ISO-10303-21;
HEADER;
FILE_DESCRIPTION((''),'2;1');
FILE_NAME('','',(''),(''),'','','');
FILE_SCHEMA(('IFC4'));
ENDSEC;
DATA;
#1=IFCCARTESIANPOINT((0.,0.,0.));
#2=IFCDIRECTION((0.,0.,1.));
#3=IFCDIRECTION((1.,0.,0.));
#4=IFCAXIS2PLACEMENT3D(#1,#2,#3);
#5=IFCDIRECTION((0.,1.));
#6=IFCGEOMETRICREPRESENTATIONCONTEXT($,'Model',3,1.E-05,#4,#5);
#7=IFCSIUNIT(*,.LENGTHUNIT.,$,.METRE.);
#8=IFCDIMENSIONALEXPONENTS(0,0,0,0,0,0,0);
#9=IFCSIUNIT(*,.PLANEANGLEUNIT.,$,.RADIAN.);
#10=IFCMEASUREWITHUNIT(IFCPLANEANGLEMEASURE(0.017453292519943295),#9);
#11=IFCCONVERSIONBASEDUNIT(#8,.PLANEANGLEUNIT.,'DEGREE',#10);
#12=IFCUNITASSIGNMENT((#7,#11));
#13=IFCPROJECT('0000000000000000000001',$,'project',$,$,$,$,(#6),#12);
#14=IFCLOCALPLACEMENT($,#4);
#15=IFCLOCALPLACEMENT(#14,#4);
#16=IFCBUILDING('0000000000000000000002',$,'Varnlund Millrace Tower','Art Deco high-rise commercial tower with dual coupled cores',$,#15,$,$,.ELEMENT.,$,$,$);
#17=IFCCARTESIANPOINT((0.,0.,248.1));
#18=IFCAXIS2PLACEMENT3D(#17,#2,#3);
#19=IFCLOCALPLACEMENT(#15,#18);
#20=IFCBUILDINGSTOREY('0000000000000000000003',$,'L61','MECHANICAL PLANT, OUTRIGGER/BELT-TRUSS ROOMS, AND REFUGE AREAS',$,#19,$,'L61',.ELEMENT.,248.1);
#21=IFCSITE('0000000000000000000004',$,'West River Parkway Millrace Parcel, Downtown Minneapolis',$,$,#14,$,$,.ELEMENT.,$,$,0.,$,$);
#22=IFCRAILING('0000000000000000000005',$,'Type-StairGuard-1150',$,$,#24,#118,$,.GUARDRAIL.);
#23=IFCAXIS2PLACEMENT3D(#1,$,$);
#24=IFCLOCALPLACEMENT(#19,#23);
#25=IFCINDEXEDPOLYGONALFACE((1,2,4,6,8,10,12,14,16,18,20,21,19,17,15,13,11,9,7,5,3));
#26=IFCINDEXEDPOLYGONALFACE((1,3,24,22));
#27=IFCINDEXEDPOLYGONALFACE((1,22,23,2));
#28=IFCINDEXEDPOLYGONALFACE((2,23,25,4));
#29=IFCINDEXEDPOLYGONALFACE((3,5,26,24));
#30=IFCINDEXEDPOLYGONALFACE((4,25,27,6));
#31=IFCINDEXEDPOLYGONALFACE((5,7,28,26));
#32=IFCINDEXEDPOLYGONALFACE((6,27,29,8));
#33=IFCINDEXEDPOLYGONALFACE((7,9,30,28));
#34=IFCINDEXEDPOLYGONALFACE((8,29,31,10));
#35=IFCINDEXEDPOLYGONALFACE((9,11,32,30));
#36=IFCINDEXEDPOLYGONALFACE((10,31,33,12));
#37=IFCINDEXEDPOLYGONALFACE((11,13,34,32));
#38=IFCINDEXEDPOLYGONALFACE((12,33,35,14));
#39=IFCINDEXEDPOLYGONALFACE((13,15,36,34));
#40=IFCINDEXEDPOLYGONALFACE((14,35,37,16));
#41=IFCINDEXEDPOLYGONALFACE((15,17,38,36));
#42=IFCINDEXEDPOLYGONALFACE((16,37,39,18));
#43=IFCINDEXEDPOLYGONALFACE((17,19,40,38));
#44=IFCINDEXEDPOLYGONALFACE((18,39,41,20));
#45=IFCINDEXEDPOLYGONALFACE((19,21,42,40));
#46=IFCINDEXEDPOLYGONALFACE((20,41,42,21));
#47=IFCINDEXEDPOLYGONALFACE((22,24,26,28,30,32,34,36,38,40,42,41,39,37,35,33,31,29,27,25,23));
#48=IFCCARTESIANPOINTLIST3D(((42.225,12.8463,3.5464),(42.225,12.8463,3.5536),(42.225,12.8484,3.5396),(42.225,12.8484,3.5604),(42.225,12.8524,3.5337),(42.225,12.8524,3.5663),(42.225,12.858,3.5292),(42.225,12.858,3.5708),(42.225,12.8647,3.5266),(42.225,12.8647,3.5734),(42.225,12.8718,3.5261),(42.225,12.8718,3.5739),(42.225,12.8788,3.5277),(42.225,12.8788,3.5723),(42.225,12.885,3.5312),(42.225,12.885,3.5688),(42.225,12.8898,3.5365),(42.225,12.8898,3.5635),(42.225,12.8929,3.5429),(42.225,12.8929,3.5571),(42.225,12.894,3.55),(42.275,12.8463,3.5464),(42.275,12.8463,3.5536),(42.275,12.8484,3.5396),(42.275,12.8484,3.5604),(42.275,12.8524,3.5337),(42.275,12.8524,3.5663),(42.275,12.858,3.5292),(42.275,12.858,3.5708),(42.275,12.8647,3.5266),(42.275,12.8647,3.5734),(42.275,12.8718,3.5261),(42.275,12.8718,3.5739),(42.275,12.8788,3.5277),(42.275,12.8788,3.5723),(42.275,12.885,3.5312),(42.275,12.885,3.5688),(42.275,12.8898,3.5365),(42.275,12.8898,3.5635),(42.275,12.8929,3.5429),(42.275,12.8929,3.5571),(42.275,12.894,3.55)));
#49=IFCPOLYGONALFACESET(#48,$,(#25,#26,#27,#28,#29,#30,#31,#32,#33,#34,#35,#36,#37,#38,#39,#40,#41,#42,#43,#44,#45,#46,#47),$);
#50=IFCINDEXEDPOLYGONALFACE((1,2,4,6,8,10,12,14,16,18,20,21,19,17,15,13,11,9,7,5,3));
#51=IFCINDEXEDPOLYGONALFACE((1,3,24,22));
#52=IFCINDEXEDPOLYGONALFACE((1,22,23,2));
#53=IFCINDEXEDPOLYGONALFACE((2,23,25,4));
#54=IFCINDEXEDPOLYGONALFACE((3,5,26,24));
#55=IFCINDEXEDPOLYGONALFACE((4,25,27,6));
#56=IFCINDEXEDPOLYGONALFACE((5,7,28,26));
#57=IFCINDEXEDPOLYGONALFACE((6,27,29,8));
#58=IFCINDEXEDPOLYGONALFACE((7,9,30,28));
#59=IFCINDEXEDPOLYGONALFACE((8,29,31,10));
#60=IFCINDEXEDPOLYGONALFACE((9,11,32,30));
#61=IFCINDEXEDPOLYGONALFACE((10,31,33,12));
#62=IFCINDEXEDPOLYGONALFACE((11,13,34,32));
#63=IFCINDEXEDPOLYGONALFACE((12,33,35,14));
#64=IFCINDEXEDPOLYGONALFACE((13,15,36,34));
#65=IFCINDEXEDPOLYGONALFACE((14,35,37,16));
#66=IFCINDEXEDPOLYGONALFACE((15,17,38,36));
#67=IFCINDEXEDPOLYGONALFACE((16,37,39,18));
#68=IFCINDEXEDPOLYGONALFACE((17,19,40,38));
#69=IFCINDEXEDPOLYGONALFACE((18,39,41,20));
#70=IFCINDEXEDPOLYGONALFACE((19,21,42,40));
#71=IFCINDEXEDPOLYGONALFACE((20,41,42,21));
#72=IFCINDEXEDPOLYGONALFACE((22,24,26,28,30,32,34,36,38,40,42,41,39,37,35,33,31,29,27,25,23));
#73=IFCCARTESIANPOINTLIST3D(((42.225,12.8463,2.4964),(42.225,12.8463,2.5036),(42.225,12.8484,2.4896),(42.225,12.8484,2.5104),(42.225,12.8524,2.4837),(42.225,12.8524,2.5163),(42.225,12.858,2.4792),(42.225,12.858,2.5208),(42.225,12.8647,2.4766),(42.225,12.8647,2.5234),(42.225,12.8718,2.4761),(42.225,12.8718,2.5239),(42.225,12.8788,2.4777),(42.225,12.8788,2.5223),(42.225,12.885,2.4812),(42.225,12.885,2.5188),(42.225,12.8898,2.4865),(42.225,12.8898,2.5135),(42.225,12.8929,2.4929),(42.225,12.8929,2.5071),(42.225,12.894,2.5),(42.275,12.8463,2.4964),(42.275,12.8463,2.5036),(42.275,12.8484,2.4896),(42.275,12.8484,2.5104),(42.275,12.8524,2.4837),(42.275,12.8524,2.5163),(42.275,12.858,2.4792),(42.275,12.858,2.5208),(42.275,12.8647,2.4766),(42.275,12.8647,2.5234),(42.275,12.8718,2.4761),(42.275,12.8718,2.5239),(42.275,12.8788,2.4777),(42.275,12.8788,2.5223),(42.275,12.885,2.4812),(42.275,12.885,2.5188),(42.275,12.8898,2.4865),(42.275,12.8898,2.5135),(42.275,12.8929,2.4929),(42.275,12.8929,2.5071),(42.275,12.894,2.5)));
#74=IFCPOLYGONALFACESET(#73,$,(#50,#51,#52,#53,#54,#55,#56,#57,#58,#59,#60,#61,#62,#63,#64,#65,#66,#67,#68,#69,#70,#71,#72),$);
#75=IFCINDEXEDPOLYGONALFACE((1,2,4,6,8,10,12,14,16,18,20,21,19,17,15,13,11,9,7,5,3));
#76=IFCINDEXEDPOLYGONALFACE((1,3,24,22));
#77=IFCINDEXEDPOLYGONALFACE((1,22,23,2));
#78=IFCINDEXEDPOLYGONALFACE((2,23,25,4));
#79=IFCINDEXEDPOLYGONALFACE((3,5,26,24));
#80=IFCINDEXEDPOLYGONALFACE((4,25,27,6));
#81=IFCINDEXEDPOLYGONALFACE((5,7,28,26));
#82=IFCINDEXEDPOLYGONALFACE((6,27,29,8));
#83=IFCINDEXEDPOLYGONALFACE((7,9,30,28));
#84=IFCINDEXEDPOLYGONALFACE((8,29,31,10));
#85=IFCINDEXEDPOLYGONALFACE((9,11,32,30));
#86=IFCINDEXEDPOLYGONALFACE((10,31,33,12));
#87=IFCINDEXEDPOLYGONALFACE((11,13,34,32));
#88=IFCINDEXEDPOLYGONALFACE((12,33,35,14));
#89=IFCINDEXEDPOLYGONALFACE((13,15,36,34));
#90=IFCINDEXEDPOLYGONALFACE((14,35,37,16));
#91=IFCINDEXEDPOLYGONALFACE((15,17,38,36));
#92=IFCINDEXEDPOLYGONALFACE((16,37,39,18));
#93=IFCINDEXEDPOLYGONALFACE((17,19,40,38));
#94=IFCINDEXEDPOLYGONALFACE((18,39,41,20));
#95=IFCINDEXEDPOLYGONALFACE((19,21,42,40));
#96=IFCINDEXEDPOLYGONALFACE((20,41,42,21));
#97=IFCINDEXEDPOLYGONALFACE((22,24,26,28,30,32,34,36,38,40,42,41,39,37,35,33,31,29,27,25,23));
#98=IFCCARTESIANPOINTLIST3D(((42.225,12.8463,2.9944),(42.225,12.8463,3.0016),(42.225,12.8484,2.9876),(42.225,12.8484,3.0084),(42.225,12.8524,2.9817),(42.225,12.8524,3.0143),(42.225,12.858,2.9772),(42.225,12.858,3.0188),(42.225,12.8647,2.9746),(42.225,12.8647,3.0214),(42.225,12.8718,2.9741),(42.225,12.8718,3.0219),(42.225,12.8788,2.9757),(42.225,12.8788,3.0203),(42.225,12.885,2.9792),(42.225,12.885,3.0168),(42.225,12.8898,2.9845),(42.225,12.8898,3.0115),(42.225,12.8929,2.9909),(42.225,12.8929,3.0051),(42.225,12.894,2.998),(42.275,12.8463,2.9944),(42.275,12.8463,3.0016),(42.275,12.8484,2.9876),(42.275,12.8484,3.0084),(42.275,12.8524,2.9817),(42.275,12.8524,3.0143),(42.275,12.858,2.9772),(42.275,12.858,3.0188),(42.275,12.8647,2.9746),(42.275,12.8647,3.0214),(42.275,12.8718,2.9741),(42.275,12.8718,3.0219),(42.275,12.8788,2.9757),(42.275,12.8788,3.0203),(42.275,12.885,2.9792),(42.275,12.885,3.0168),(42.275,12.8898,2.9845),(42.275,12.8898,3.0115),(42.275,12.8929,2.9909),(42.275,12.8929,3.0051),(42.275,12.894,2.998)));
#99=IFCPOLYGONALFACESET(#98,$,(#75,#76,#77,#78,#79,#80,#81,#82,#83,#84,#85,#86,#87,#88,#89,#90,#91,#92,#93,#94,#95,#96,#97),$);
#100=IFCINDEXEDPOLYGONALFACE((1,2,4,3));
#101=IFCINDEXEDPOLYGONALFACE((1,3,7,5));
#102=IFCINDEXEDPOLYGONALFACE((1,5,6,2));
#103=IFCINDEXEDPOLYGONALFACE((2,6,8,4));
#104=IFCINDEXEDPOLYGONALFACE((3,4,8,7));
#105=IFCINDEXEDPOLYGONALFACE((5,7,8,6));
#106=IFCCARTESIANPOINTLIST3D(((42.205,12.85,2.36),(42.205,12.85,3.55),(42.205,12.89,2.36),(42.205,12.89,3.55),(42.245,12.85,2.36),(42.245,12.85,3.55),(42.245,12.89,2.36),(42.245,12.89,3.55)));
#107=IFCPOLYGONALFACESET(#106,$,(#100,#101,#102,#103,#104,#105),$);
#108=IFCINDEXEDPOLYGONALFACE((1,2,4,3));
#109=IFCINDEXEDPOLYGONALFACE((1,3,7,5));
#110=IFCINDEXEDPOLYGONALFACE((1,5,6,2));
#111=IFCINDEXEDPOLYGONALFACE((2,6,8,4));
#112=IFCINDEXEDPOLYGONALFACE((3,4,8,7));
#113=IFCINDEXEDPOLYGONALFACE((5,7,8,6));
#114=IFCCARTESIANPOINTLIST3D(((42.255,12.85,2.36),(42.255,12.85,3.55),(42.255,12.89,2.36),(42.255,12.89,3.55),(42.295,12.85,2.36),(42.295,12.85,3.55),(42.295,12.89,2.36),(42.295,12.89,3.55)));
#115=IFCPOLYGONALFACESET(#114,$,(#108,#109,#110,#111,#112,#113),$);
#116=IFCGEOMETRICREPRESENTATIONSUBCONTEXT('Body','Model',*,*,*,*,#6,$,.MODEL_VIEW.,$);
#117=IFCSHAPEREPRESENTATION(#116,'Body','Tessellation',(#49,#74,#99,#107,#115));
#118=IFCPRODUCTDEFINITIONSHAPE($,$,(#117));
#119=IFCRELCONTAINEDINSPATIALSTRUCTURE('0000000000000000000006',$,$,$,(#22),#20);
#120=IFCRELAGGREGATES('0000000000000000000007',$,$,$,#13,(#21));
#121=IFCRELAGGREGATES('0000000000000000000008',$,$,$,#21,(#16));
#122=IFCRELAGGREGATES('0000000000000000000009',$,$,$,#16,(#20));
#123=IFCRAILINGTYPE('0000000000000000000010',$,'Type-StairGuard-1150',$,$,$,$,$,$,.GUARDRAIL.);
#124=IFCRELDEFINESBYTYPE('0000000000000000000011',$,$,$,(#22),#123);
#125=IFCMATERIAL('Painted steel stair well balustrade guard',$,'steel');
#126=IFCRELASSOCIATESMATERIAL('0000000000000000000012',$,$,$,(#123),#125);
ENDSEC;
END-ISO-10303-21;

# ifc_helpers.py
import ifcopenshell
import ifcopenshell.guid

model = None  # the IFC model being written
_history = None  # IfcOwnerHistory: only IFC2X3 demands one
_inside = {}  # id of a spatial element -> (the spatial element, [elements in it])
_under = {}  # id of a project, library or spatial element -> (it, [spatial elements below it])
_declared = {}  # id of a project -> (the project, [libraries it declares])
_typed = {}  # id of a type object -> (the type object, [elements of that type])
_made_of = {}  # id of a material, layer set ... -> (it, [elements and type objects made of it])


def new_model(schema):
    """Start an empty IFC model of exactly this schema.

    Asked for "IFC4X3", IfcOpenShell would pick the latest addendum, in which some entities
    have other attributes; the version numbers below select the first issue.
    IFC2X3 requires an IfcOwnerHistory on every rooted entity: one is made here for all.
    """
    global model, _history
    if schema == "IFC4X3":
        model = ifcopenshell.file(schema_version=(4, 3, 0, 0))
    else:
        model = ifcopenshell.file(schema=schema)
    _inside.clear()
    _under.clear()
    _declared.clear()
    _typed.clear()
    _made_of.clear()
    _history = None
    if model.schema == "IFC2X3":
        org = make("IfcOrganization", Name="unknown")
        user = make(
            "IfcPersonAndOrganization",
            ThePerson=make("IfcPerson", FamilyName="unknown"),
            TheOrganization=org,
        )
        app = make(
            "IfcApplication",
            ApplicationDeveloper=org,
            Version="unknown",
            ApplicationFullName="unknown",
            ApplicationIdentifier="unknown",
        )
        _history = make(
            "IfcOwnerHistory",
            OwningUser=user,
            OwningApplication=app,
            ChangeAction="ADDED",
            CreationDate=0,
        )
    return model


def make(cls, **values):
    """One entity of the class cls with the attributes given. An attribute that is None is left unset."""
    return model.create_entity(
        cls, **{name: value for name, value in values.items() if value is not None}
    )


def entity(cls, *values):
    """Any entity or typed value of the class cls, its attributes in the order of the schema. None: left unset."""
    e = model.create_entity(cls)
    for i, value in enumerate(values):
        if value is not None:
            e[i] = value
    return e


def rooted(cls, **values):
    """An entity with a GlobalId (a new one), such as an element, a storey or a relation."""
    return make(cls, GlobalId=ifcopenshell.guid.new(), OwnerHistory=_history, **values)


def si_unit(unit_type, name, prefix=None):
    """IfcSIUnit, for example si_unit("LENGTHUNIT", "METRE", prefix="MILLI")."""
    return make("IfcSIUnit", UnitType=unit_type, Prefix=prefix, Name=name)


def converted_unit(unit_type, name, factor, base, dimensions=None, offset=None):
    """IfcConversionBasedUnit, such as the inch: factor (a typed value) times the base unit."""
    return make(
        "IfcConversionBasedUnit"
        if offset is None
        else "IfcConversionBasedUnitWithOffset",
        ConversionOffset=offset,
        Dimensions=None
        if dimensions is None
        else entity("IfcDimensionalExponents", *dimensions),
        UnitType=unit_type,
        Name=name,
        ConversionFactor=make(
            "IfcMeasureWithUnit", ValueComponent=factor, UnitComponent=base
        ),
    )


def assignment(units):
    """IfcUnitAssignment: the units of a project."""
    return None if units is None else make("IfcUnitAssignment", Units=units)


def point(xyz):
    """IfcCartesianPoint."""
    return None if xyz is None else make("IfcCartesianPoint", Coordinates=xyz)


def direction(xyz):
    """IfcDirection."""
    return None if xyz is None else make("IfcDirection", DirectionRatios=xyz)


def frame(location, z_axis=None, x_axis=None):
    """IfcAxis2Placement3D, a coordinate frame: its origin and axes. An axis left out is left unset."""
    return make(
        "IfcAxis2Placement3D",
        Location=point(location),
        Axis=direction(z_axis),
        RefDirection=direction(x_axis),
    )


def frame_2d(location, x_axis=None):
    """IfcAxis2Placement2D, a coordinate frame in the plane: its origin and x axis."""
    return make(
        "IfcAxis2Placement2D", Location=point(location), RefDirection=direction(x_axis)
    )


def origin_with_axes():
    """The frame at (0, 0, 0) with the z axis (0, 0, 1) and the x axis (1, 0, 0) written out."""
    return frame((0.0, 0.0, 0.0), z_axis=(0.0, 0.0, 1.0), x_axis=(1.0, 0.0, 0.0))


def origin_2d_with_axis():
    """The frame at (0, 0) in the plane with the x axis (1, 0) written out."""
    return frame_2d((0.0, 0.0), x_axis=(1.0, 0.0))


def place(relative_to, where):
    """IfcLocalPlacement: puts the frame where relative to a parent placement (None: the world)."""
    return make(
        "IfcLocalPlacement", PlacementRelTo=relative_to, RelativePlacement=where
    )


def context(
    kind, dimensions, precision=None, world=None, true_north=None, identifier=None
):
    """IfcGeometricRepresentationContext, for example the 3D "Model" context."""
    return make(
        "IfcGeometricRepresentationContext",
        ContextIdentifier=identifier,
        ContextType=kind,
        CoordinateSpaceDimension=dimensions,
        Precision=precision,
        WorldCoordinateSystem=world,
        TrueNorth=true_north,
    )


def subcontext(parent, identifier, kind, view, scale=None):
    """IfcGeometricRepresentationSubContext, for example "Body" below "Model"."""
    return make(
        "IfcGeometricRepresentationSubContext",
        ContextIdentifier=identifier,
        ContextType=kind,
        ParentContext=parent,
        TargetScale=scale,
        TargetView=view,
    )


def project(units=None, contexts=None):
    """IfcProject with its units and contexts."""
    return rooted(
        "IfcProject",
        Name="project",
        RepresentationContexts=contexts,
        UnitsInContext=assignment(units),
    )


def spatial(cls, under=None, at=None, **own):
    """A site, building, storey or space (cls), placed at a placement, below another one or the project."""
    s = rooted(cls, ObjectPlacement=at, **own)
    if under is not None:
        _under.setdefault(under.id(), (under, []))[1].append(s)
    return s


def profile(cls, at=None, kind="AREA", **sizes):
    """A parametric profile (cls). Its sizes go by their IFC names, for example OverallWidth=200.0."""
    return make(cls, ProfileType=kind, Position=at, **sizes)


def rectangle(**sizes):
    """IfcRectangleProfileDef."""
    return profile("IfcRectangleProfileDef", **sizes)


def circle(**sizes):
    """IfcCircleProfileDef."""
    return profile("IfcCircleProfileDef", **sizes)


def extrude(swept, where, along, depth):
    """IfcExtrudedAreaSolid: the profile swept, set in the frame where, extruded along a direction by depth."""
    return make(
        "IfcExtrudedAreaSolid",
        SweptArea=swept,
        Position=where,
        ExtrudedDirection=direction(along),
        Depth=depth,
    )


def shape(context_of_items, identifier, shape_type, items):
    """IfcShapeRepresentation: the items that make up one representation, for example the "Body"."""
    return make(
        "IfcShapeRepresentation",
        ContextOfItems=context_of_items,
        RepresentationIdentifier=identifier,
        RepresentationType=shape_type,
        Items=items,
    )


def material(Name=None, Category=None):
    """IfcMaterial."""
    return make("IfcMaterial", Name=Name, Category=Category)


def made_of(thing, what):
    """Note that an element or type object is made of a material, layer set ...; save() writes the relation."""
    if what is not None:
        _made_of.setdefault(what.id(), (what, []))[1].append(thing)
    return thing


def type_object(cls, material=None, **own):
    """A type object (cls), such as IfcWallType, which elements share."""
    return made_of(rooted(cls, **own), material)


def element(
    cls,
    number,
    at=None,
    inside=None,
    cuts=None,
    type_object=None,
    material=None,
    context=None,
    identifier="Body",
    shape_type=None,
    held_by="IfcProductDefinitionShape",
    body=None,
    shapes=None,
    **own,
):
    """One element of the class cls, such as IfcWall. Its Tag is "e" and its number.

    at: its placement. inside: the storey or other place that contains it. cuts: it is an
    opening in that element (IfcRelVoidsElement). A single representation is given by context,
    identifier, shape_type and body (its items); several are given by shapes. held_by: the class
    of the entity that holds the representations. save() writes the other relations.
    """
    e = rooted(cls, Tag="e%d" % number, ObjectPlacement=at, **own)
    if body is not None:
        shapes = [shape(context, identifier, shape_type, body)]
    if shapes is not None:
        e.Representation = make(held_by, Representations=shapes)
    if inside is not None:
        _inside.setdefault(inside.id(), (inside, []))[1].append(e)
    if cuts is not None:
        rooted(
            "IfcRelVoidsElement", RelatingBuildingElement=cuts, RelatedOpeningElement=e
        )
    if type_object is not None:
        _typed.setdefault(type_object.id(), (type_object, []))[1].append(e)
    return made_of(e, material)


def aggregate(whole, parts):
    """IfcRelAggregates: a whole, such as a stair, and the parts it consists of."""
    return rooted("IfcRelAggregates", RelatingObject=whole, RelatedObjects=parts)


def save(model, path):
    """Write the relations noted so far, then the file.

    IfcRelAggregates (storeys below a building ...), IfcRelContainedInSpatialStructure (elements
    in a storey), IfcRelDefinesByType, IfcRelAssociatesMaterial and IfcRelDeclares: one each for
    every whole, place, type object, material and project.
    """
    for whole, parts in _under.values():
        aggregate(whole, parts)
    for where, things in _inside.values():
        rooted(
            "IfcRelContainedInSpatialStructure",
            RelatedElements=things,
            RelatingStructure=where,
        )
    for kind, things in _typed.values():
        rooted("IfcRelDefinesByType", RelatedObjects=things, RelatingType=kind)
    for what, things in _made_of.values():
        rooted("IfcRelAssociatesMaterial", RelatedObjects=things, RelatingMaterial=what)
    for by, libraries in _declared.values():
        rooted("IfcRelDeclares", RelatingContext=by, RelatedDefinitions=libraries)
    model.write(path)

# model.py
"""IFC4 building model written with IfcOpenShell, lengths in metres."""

from ifc_helpers import new_model, entity, si_unit, converted_unit, direction, frame, origin_with_axes, origin_2d_with_axis, place, context, subcontext, project, spatial, rectangle, circle, extrude, material, type_object, element, save


model = new_model("IFC4")

# Units and contexts
model_context = context("Model", 3, precision=1e-05, world=origin_with_axes(), true_north=direction((0.0, 1.0)))
body_context = subcontext(model_context, "Body", "Model", "MODEL_VIEW")
ifc_project = project(units=[si_unit("LENGTHUNIT", "METRE"), converted_unit("PLANEANGLEUNIT", "DEGREE", entity("IfcPlaneAngleMeasure", 0.017453292519943295), si_unit("PLANEANGLEUNIT", "RADIAN"), dimensions=[0, 0, 0, 0, 0, 0, 0])], contexts=[model_context])

# Site, building, storey
site_placement = place(None, origin_with_axes())
site = spatial("IfcSite", under=ifc_project, at=site_placement, Name="West River Parkway Millrace Parcel, Downtown Minneapolis", CompositionType="ELEMENT", RefElevation=0.0)
building_placement = place(site_placement, origin_with_axes())
building = spatial("IfcBuilding", under=site, at=building_placement, Name="Varnlund Millrace Tower", Description="Art Deco high-rise commercial tower with dual coupled cores", CompositionType="ELEMENT")
storey_placement = place(building_placement, frame((0.0, 0.0, 248.1), z_axis=(0.0, 0.0, 1.0), x_axis=(1.0, 0.0, 0.0)))
storey = spatial("IfcBuildingStorey", under=building, at=storey_placement, Name="L61", Description="MECHANICAL PLANT, OUTRIGGER/BELT-TRUSS ROOMS, AND REFUGE AREAS", LongName="L61", CompositionType="ELEMENT", Elevation=248.1)

# Railing
ifc_material_1 = material(Name="Painted steel stair well balustrade guard", Category="steel")
railing_type_1 = type_object("IfcRailingType", Name="Type-StairGuard-1150", PredefinedType="GUARDRAIL", material=ifc_material_1)
railing_1_placement = place(storey_placement, frame((0.0, 0.0, -248.1), z_axis=(0.0, 0.0, 1.0), x_axis=(1.0, 0.0, 0.0)))
element("IfcRailing", 1, at=railing_1_placement, inside=storey, type_object=railing_type_1, Name="Type-StairGuard-1150", PredefinedType="GUARDRAIL", context=body_context, shape_type="SweptSolid", body=[
    extrude(circle(Radius=0.024, at=origin_2d_with_axis()), frame((42.225, 12.87, 251.65), z_axis=(1.0, 0.0, 0.0), x_axis=(0.0, 1.0, 0.0)), (0.0, 0.0, 1.0), 0.05),
    extrude(circle(Radius=0.024, at=origin_2d_with_axis()), frame((42.225, 12.87, 250.6), z_axis=(1.0, 0.0, 0.0), x_axis=(0.0, 1.0, 0.0)), (0.0, 0.0, 1.0), 0.05),
    extrude(circle(Radius=0.024, at=origin_2d_with_axis()), frame((42.225, 12.87, 251.098), z_axis=(1.0, 0.0, 0.0), x_axis=(0.0, 1.0, 0.0)), (0.0, 0.0, 1.0), 0.05),
    extrude(rectangle(XDim=0.04, YDim=0.04, at=origin_2d_with_axis()), frame((42.225, 12.87, 250.46), z_axis=(0.0, 0.0, 1.0), x_axis=(1.0, 0.0, 0.0)), (0.0, 0.0, 1.0), 1.19),
    extrude(rectangle(XDim=0.04, YDim=0.04, at=origin_2d_with_axis()), frame((42.275, 12.87, 250.46), z_axis=(0.0, 0.0, 1.0), x_axis=(1.0, 0.0, 0.0)), (0.0, 0.0, 1.0), 1.19),
])

save(model, "model.ifc")
